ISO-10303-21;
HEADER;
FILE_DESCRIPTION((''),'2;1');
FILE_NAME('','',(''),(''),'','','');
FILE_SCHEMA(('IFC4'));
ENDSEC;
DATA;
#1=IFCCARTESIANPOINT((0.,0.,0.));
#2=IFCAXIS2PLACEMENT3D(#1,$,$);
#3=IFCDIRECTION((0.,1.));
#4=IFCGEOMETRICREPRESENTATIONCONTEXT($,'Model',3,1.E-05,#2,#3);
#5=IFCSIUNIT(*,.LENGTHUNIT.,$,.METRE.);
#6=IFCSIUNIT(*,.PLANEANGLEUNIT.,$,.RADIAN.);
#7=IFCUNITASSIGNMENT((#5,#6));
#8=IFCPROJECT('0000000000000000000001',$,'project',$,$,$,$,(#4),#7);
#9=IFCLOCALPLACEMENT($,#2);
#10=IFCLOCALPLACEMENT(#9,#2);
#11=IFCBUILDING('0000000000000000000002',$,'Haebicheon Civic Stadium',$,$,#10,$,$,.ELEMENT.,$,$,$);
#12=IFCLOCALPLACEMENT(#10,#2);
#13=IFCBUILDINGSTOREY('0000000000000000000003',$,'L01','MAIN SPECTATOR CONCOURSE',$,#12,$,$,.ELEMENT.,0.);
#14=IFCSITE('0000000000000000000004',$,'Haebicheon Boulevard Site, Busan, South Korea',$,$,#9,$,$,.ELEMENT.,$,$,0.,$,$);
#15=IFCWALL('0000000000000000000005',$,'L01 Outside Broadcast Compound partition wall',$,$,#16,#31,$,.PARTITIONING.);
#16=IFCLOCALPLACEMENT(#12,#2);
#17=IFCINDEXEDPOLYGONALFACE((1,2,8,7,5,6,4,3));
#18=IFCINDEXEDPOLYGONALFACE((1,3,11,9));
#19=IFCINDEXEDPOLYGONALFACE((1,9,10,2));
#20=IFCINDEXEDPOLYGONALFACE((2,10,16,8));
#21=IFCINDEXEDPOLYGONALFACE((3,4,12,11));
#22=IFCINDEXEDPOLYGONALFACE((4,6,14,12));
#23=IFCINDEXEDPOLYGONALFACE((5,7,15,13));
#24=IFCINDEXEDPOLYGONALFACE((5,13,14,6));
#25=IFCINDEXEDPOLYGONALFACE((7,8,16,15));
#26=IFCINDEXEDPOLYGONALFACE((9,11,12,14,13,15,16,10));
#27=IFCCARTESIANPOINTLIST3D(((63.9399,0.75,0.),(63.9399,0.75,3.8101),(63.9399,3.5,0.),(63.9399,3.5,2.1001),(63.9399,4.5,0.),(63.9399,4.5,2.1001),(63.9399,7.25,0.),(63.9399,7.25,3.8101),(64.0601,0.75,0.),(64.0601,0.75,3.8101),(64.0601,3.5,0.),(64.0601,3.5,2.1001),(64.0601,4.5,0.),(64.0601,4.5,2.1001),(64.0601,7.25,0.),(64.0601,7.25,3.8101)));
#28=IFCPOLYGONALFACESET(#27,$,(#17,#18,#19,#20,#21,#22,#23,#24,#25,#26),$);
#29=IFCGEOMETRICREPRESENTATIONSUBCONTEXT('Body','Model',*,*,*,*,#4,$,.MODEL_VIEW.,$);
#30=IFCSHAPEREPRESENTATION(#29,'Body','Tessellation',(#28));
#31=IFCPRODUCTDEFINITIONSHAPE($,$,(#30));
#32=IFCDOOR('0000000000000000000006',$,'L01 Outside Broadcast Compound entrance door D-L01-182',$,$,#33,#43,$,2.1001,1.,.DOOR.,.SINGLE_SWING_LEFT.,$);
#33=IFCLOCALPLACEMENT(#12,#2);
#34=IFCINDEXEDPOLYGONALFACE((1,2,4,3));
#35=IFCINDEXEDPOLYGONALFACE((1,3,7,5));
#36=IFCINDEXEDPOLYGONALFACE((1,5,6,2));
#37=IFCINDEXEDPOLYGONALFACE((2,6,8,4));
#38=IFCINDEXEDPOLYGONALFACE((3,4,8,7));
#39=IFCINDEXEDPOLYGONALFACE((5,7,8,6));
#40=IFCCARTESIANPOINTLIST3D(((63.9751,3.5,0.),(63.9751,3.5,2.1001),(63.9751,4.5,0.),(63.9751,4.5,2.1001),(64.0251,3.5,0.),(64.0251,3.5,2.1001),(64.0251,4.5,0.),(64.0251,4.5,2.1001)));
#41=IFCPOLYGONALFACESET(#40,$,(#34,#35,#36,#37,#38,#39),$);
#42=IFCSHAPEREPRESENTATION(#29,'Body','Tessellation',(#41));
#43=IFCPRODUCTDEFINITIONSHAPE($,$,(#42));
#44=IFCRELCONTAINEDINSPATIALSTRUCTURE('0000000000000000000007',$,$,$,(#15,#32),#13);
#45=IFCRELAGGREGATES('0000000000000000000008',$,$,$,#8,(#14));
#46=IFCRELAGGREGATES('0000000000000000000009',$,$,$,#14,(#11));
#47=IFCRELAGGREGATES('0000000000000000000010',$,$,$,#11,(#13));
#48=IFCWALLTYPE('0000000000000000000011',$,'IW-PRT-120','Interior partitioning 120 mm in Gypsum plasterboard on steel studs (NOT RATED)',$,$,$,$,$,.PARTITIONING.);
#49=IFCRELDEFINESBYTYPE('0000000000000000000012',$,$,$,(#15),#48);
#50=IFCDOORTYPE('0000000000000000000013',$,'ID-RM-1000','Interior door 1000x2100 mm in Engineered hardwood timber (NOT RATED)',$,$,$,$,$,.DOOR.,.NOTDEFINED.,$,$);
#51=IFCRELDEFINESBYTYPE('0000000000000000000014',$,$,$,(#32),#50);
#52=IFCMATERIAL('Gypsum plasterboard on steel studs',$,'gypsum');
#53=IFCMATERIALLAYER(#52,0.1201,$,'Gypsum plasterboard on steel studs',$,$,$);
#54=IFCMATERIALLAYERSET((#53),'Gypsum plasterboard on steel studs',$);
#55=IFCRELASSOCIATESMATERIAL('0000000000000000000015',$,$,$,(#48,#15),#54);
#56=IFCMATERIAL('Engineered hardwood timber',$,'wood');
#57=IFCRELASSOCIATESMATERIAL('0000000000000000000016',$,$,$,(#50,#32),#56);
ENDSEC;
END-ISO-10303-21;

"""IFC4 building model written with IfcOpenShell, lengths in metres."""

from ifc_helpers import new_model, si_unit, direction, frame, frame_2d, origin, place, context, subcontext, project, spatial, rectangle, extrude, material, layer, layer_set, type_object, element, fill, save


model = new_model("IFC4")

# Units and contexts
model_context = context("Model", 3, precision=1e-05, world=origin(), true_north=direction((0.0, 1.0)))
body_context = subcontext(model_context, "Body", "Model", "MODEL_VIEW")
ifc_project = project(units=[si_unit("LENGTHUNIT", "METRE"), si_unit("PLANEANGLEUNIT", "RADIAN")], contexts=[model_context])

# Site, building, storey
site_placement = place(None, origin())
site = spatial("IfcSite", under=ifc_project, at=site_placement, Name="Haebicheon Boulevard Site, Busan, South Korea", CompositionType="ELEMENT", RefElevation=0.0)
building_placement = place(site_placement, origin())
building = spatial("IfcBuilding", under=site, at=building_placement, Name="Haebicheon Civic Stadium", CompositionType="ELEMENT")
storey_placement = place(building_placement, origin())
storey = spatial("IfcBuildingStorey", under=building, at=storey_placement, Name="L01", Description="MAIN SPECTATOR CONCOURSE", CompositionType="ELEMENT", Elevation=0.0)

# Wall, opening, door
ifc_material_1 = material(Name="Gypsum plasterboard on steel studs", Category="gypsum")
ifc_layer_1 = layer(ifc_material_1, 0.1201, Name="Gypsum plasterboard on steel studs")
ifc_layer_set_1 = layer_set([ifc_layer_1], Name="Gypsum plasterboard on steel studs")
wall_type_1 = type_object("IfcWallType", Name="IW-PRT-120", Description="Interior partitioning 120 mm in Gypsum plasterboard on steel studs (NOT RATED)", PredefinedType="PARTITIONING", material=ifc_layer_set_1)
wall_1_placement = place(storey_placement, frame((64.0, 0.75, 0.0), z_axis=(0.0, 0.0, 1.0), x_axis=(0.0, 1.0, 0.0)))
wall_1 = element("IfcWall", 1, at=wall_1_placement, inside=storey, type_object=wall_type_1, material=ifc_layer_set_1, Name="L01 Outside Broadcast Compound partition wall", PredefinedType="PARTITIONING", context=body_context, shape_type="SweptSolid", body=[
    extrude(rectangle(XDim=6.5, YDim=0.1201, at=frame_2d((3.25, 0.0))), origin(), (0.0, 0.0, 1.0), 3.8101),
])
opening_1_placement = place(wall_1_placement, frame((2.75, 0.0, 0.0)))
opening_1 = element("IfcOpeningElement", 2, at=opening_1_placement, cuts=wall_1, PredefinedType="OPENING", context=body_context, shape_type="SweptSolid", body=[
    extrude(rectangle(XDim=1.0, YDim=2.1001, at=frame_2d((0.5, 1.05))), frame((0.0, 0.0701, 0.0), z_axis=(0.0, -1.0, 0.0), x_axis=(1.0, 0.0, 0.0)), (0.0, 0.0, 1.0), 0.1401),
])
ifc_material_2 = material(Name="Engineered hardwood timber", Category="wood")
door_type_1 = type_object("IfcDoorType", Name="ID-RM-1000", Description="Interior door 1000x2100 mm in Engineered hardwood timber (NOT RATED)", OperationType="NOTDEFINED", PredefinedType="DOOR", material=ifc_material_2)
door_1_placement = place(opening_1_placement, origin())
door_1 = element("IfcDoor", 3, at=door_1_placement, inside=storey, type_object=door_type_1, material=ifc_material_2, Name="L01 Outside Broadcast Compound entrance door D-L01-182", OperationType="SINGLE_SWING_LEFT", OverallHeight=2.1001, OverallWidth=1.0, PredefinedType="DOOR", context=body_context, shape_type="SweptSolid", body=[
    extrude(rectangle(XDim=1.0, YDim=2.1001, at=frame_2d((0.5, 1.05))), frame((0.0, 0.0249, 0.0), z_axis=(0.0, -1.0, 0.0), x_axis=(1.0, 0.0, 0.0)), (0.0, 0.0, 1.0), 0.05),
])
fill(opening_1, door_1)

save(model, "model.ifc")
